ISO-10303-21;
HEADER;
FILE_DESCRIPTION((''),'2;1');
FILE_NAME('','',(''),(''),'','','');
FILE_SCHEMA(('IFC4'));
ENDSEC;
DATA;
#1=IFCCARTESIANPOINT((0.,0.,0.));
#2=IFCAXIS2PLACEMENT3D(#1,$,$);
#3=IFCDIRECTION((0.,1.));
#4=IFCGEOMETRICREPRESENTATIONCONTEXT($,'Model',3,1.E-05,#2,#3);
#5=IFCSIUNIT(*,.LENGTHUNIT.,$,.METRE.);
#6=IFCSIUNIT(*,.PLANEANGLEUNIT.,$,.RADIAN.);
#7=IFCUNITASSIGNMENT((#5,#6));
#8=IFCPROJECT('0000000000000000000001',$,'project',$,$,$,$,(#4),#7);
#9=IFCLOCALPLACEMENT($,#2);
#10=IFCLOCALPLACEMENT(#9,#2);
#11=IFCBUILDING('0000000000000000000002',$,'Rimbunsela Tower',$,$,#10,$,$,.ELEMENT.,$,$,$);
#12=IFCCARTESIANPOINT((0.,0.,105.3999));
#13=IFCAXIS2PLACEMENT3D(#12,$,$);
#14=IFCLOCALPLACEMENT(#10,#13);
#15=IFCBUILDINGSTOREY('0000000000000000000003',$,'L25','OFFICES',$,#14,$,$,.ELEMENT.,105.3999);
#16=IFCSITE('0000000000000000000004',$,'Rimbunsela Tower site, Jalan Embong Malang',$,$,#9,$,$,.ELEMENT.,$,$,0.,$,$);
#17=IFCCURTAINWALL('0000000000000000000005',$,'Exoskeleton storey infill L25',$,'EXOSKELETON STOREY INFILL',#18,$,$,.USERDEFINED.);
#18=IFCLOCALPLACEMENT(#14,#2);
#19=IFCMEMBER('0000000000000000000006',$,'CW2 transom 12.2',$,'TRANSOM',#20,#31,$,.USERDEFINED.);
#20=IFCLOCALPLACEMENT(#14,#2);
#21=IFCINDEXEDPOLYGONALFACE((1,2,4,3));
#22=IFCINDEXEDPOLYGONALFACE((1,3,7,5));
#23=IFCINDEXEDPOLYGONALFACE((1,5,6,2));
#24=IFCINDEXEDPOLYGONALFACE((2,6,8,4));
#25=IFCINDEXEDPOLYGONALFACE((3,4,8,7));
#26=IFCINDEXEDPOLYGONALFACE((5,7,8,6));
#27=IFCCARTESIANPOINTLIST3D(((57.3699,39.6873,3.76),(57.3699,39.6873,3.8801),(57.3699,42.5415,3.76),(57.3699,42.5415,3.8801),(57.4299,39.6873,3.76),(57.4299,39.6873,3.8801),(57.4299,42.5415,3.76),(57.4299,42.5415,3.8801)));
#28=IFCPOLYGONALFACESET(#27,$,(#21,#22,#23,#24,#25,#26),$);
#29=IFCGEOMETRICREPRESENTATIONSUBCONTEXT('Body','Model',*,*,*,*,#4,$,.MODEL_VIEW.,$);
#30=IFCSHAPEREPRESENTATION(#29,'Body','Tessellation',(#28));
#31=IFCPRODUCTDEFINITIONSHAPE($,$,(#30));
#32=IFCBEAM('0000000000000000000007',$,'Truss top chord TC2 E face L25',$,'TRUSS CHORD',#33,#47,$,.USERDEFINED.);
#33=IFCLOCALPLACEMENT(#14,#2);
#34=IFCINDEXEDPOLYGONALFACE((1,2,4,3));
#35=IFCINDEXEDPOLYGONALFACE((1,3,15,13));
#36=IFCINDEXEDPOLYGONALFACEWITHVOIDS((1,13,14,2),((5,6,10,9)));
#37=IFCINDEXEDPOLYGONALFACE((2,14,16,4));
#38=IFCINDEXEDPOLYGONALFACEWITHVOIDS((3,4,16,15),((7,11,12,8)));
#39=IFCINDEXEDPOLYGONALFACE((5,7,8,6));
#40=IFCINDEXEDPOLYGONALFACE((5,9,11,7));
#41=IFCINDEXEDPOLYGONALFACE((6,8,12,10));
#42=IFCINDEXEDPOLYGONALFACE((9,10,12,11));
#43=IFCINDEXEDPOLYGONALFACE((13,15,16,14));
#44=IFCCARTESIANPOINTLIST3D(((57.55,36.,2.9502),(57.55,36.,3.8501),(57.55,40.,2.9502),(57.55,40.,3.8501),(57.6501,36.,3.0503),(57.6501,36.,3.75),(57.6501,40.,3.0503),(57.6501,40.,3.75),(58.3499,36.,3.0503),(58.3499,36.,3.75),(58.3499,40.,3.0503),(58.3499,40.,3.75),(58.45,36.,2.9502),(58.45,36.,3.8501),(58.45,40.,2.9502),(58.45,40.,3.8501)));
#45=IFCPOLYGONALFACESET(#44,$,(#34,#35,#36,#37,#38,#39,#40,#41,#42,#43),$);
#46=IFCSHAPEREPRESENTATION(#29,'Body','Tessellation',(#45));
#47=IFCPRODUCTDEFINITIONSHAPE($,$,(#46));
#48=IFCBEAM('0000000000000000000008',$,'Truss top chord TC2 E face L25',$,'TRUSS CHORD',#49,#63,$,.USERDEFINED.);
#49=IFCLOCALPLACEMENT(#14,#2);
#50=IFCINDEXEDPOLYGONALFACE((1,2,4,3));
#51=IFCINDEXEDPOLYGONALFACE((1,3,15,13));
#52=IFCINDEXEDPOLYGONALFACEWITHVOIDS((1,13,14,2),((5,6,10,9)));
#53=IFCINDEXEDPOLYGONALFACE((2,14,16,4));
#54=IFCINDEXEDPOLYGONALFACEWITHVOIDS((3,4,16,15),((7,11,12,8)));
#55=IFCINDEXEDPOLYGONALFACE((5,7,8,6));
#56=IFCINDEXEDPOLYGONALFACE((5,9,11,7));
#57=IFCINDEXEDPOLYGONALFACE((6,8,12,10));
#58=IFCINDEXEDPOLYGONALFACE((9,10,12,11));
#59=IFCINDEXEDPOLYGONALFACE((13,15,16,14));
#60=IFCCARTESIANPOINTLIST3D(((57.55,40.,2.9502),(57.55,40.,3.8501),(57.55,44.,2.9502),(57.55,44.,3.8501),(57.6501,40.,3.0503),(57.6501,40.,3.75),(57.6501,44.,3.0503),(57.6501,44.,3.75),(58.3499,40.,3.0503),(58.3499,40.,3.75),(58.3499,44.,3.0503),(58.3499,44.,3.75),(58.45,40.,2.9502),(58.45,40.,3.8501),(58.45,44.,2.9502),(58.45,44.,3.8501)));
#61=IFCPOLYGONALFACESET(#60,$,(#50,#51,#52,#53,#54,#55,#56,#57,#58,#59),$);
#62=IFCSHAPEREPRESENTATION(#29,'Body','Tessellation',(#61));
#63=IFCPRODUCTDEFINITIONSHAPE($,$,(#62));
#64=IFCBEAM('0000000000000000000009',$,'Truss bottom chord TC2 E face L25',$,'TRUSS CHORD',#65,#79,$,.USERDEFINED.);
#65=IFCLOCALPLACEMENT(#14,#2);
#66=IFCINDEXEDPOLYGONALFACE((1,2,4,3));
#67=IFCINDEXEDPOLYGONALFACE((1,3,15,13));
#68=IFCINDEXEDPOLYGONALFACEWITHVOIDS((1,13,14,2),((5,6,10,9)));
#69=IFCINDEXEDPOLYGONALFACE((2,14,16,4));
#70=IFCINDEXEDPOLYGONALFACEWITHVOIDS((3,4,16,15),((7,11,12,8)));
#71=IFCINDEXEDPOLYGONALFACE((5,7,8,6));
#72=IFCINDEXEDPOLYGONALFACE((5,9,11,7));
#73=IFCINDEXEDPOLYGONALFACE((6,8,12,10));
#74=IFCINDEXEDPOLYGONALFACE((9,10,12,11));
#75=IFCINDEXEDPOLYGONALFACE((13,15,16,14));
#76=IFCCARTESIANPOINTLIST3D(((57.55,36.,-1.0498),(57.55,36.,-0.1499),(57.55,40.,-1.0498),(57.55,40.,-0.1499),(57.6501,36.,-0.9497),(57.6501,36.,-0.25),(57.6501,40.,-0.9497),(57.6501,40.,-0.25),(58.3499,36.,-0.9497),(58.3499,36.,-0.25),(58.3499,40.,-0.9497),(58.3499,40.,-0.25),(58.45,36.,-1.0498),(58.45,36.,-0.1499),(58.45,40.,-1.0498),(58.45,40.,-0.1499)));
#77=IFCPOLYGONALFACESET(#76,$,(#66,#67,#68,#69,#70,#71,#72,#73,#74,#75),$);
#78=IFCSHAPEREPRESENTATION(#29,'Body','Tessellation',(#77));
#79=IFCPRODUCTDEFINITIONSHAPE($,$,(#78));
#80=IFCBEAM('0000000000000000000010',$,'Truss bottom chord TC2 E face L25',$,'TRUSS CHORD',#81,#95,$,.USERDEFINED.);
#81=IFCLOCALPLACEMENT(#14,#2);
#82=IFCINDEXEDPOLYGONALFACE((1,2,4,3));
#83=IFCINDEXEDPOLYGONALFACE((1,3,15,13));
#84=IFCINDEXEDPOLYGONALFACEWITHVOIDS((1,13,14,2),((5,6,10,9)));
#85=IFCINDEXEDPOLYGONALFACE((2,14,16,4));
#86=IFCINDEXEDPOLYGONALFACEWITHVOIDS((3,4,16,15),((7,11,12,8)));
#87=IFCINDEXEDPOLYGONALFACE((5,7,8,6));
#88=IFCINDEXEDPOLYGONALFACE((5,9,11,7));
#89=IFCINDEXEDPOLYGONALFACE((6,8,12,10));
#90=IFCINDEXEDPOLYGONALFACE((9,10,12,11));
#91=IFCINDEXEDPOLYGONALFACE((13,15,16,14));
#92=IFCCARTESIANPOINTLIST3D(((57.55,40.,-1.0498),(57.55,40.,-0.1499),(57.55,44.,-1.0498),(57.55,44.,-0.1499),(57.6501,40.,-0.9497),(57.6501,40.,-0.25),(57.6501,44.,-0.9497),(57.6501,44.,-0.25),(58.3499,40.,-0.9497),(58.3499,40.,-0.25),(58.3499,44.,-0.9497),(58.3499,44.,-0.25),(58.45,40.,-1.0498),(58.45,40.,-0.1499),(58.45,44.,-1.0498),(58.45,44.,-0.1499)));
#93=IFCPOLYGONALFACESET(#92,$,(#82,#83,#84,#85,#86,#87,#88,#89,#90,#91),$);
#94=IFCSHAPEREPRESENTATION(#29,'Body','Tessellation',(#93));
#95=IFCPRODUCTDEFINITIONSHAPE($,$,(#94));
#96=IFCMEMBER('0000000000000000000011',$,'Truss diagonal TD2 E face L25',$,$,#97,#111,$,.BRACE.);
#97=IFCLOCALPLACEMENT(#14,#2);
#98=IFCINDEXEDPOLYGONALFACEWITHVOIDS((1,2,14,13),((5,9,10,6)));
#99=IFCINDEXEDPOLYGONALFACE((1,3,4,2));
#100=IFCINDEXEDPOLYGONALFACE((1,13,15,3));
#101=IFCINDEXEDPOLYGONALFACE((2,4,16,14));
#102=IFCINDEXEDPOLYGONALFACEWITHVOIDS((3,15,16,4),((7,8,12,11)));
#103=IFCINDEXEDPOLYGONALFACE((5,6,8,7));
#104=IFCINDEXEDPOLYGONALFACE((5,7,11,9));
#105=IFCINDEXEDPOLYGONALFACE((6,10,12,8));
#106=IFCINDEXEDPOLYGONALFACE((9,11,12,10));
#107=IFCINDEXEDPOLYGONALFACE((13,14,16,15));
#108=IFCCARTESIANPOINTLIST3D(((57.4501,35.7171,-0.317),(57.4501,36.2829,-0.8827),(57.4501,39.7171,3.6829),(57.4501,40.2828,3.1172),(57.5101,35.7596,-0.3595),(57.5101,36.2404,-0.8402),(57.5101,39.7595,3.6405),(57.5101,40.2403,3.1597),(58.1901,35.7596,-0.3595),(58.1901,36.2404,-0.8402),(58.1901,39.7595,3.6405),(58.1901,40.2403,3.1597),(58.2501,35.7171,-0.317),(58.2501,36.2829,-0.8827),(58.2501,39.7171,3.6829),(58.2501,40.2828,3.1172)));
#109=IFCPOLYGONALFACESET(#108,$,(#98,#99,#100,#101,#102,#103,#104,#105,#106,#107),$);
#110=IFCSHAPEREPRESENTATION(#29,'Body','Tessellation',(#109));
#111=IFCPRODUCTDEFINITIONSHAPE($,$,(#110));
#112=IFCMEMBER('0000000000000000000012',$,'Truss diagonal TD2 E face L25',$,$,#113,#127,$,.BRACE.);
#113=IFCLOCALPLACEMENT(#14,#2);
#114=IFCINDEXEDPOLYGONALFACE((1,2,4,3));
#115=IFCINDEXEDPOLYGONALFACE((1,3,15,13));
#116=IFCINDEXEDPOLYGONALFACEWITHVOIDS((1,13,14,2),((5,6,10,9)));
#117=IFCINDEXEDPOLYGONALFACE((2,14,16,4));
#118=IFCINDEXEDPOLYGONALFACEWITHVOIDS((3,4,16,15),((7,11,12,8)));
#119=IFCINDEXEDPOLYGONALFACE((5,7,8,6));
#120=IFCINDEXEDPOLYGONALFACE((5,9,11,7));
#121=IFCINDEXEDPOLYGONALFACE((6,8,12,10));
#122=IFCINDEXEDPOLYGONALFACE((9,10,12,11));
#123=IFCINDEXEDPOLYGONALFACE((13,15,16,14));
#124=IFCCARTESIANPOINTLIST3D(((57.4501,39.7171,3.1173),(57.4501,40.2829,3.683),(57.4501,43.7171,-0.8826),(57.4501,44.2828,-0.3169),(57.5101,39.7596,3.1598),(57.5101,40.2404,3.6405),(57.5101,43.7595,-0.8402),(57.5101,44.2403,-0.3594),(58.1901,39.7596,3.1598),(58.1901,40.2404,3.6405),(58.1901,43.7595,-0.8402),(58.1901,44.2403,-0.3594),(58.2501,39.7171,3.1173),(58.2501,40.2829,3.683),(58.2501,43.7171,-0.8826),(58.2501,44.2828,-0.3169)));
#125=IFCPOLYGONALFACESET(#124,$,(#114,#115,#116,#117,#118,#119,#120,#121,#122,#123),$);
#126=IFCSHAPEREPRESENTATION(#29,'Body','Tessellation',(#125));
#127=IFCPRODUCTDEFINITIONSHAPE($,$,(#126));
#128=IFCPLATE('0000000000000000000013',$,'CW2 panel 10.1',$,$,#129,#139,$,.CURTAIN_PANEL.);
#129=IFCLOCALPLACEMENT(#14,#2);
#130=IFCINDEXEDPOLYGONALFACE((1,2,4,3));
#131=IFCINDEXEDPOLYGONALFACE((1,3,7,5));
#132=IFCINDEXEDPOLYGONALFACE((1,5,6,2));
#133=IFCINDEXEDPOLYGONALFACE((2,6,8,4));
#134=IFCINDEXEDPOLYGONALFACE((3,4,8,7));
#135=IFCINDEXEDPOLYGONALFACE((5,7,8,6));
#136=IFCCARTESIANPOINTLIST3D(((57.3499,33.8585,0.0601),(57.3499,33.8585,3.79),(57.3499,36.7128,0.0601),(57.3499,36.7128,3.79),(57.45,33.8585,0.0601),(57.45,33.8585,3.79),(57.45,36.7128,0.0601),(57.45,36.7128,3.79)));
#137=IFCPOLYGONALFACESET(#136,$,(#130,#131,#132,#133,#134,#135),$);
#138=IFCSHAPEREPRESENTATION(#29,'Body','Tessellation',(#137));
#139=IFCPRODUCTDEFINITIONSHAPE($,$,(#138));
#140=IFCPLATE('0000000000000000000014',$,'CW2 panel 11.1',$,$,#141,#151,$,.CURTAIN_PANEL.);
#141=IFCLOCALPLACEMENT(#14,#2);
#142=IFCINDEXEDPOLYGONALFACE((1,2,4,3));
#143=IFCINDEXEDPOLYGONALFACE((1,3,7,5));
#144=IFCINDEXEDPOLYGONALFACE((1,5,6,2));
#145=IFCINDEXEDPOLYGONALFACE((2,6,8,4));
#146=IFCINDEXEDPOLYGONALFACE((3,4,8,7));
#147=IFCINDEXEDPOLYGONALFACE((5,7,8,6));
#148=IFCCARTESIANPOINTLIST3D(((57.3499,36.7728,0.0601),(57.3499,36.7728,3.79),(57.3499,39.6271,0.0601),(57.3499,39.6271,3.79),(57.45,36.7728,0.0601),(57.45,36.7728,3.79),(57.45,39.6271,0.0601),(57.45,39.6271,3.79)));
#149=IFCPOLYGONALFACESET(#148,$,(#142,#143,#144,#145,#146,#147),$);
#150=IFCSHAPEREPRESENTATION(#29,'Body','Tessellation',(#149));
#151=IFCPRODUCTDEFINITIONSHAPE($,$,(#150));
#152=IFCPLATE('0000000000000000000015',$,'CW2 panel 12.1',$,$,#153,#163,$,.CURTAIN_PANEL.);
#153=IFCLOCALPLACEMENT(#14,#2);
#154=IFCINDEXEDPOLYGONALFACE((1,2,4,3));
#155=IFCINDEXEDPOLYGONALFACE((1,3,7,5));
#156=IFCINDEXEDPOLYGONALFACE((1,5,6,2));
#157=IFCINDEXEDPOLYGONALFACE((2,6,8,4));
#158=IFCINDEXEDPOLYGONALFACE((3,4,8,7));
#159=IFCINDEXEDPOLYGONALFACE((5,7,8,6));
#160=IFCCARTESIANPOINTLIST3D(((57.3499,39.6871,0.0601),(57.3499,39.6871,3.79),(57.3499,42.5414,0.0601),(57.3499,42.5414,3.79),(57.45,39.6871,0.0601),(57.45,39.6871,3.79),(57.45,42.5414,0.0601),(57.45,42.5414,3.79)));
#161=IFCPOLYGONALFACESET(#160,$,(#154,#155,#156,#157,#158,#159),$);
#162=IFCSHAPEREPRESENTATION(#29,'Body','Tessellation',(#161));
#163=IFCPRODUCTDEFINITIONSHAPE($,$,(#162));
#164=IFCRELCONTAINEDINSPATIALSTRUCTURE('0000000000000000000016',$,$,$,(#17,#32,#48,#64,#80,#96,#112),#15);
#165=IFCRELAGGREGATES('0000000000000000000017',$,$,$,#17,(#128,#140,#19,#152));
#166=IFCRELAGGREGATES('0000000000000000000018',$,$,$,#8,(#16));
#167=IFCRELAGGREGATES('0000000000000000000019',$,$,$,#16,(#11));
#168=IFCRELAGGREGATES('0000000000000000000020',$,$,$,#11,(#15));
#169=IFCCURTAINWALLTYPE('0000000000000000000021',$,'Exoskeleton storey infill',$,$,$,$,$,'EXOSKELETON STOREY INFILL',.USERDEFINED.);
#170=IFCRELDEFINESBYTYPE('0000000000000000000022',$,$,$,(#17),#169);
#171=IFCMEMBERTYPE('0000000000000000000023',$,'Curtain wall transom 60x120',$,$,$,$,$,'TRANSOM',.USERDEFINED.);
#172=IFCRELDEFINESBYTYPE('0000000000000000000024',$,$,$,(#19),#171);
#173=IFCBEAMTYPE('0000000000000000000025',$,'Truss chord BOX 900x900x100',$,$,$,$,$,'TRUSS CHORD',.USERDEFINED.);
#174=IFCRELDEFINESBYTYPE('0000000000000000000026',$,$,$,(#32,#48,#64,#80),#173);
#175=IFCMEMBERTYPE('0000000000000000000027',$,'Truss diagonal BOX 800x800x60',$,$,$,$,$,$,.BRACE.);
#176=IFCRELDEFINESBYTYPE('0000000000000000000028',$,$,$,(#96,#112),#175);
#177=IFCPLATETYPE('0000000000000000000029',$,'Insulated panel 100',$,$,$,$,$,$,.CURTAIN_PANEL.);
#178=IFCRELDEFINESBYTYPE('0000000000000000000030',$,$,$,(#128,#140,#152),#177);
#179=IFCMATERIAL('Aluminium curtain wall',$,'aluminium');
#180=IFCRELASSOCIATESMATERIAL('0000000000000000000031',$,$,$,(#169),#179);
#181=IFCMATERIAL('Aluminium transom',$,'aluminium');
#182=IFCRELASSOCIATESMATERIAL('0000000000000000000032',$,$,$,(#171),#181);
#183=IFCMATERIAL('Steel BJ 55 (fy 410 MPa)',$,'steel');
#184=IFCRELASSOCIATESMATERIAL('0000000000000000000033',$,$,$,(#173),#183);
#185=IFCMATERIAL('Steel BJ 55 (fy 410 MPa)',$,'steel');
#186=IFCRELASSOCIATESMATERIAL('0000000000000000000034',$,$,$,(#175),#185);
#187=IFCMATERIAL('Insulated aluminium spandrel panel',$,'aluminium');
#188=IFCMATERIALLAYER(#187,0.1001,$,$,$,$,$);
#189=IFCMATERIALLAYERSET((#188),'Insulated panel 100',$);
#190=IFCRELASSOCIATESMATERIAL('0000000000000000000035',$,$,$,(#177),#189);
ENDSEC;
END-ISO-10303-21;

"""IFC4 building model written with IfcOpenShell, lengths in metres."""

from ifc_helpers import new_model, si_unit, direction, frame, origin, origin_2d, place, context, subcontext, project, spatial, rectangle, hollow_rectangle, extrude, material, layer, layer_set, material_profile, profile_set, type_object, element, aggregate, save


model = new_model("IFC4")

# Units and contexts
model_context = context("Model", 3, precision=1e-05, world=origin(), true_north=direction((0.0, 1.0)))
body_context = subcontext(model_context, "Body", "Model", "MODEL_VIEW")
ifc_project = project(units=[si_unit("LENGTHUNIT", "METRE"), si_unit("PLANEANGLEUNIT", "RADIAN")], contexts=[model_context])

# Site, building, storey
site_placement = place(None, origin())
site = spatial("IfcSite", under=ifc_project, at=site_placement, Name="Rimbunsela Tower site, Jalan Embong Malang", CompositionType="ELEMENT", RefElevation=0.0)
building_placement = place(site_placement, origin())
building = spatial("IfcBuilding", under=site, at=building_placement, Name="Rimbunsela Tower", CompositionType="ELEMENT")
storey_placement = place(building_placement, frame((0.0, 0.0, 105.3999)))
storey = spatial("IfcBuildingStorey", under=building, at=storey_placement, Name="L25", Description="OFFICES", CompositionType="ELEMENT", Elevation=105.3999)

# Curtain wall, member
ifc_material_1 = material(Name="Aluminium curtain wall", Category="aluminium")
curtain_wall_type = type_object("IfcCurtainWallType", Name="Exoskeleton storey infill", ElementType="EXOSKELETON STOREY INFILL", PredefinedType="USERDEFINED", material=ifc_material_1)
curtain_wall_placement = place(storey_placement, origin())
curtain_wall = element("IfcCurtainWall", 1, at=curtain_wall_placement, inside=storey, type_object=curtain_wall_type, Name="Exoskeleton storey infill L25", ObjectType="EXOSKELETON STOREY INFILL", PredefinedType="USERDEFINED")
ifc_material_2 = material(Name="Aluminium transom", Category="aluminium")
ifc_material_profile_1 = material_profile(ifc_material_2, rectangle(XDim=0.0601, YDim=0.1201, at=origin_2d()), Name="Transom 60x120")
ifc_profile_set_1 = profile_set([ifc_material_profile_1], Name="Aluminium transom")
member_type_1 = type_object("IfcMemberType", Name="Curtain wall transom 60x120", ElementType="TRANSOM", PredefinedType="USERDEFINED", material=ifc_profile_set_1)
member_1_placement = place(storey_placement, frame((57.3999, 39.6873, 3.8201), z_axis=(0.0, 1.0, 0.0), x_axis=(-1.0, 0.0, 0.0)))
member_1 = element("IfcMember", 2, at=member_1_placement, type_object=member_type_1, Name="CW2 transom 12.2", ObjectType="TRANSOM", PredefinedType="USERDEFINED", context=body_context, shape_type="SweptSolid", body=[
    extrude(rectangle(XDim=0.0601, YDim=0.1201, at=origin_2d()), origin(), (0.0, 0.0, 1.0), 2.8542),
])

# Beams
ifc_material_3 = material(Name="Steel BJ 55 (fy 410 MPa)", Category="steel")
ifc_material_profile_2 = material_profile(ifc_material_3, hollow_rectangle(XDim=0.8999, YDim=0.8999, WallThickness=0.1001, at=origin_2d()), Name="BOX 900x900x100")
ifc_profile_set_2 = profile_set([ifc_material_profile_2], Name="Steel BJ 55 (fy 410 MPa)")
beam_type_1 = type_object("IfcBeamType", Name="Truss chord BOX 900x900x100", ElementType="TRUSS CHORD", PredefinedType="USERDEFINED", material=ifc_profile_set_2)
for number, where, z_axis, x_axis, name in (
    (3, (58.0, 36.0, 3.4001), (0.0, 1.0, 0.0), (-1.0, 0.0, 0.0), "Truss top chord TC2 E face L25"),
    (4, (58.0, 40.0, 3.4001), (0.0, 1.0, 0.0), (-1.0, 0.0, 0.0), "Truss top chord TC2 E face L25"),
    (5, (58.0, 36.0, -0.5999), (0.0, 1.0, 0.0), (-1.0, 0.0, 0.0), "Truss bottom chord TC2 E face L25"),
    (6, (58.0, 40.0, -0.5999), (0.0, 1.0, 0.0), (-1.0, 0.0, 0.0), "Truss bottom chord TC2 E face L25"),
):
    element("IfcBeam", number, at=place(storey_placement, frame(where, z_axis=z_axis, x_axis=x_axis)), inside=storey, type_object=beam_type_1, Name=name, ObjectType="TRUSS CHORD", PredefinedType="USERDEFINED", context=body_context, shape_type="SweptSolid", body=[
        extrude(hollow_rectangle(XDim=0.8999, YDim=0.8999, WallThickness=0.1001, at=origin_2d()), origin(), (0.0, 0.0, 1.0), 4.0),
    ])

# Members
ifc_material_4 = material(Name="Steel BJ 55 (fy 410 MPa)", Category="steel")
ifc_material_profile_3 = material_profile(ifc_material_4, hollow_rectangle(XDim=0.8, YDim=0.8, WallThickness=0.0601, at=origin_2d()), Name="BOX 800x800x60")
ifc_profile_set_3 = profile_set([ifc_material_profile_3], Name="Steel BJ 55 (fy 410 MPa)")
member_type_2 = type_object("IfcMemberType", Name="Truss diagonal BOX 800x800x60", PredefinedType="BRACE", material=ifc_profile_set_3)
for number, where, z_axis, x_axis, name in (
    (7, (57.8501, 36.0, -0.5999), (0.0, 0.707107, 0.707107), (-1.0, 0.0, 0.0), "Truss diagonal TD2 E face L25"),
    (8, (57.8501, 40.0, 3.4001), (0.0, 0.707107, -0.707107), (-1.0, 0.0, 0.0), "Truss diagonal TD2 E face L25"),
):
    element("IfcMember", number, at=place(storey_placement, frame(where, z_axis=z_axis, x_axis=x_axis)), inside=storey, type_object=member_type_2, Name=name, PredefinedType="BRACE", context=body_context, shape_type="SweptSolid", body=[
        extrude(hollow_rectangle(XDim=0.8, YDim=0.8, WallThickness=0.0601, at=origin_2d()), origin(), (0.0, 0.0, 1.0), 5.6567),
    ])

# Plates
ifc_material_5 = material(Name="Insulated aluminium spandrel panel", Category="aluminium")
ifc_layer = layer(ifc_material_5, 0.1001)
ifc_layer_set = layer_set([ifc_layer], Name="Insulated panel 100")
plate_type = type_object("IfcPlateType", Name="Insulated panel 100", PredefinedType="CURTAIN_PANEL", material=ifc_layer_set)
plate_1_placement = place(storey_placement, frame((57.3999, 35.2856, 0.0601), z_axis=(0.0, 0.0, 1.0), x_axis=(0.0, 1.0, 0.0)))
plate_1 = element("IfcPlate", 9, at=plate_1_placement, type_object=plate_type, Name="CW2 panel 10.1", PredefinedType="CURTAIN_PANEL", context=body_context, shape_type="SweptSolid", body=[
    extrude(rectangle(XDim=2.8542, YDim=0.1001, at=origin_2d()), origin(), (0.0, 0.0, 1.0), 3.73),
])
plate_2_placement = place(storey_placement, frame((57.3999, 38.2, 0.0601), z_axis=(0.0, 0.0, 1.0), x_axis=(0.0, 1.0, 0.0)))
plate_2 = element("IfcPlate", 10, at=plate_2_placement, type_object=plate_type, Name="CW2 panel 11.1", PredefinedType="CURTAIN_PANEL", context=body_context, shape_type="SweptSolid", body=[
    extrude(rectangle(XDim=2.8542, YDim=0.1001, at=origin_2d()), origin(), (0.0, 0.0, 1.0), 3.73),
])
plate_3_placement = place(storey_placement, frame((57.3999, 41.1143, 0.0601), z_axis=(0.0, 0.0, 1.0), x_axis=(0.0, 1.0, 0.0)))
plate_3 = element("IfcPlate", 11, at=plate_3_placement, type_object=plate_type, Name="CW2 panel 12.1", PredefinedType="CURTAIN_PANEL", context=body_context, shape_type="SweptSolid", body=[
    extrude(rectangle(XDim=2.8542, YDim=0.1001, at=origin_2d()), origin(), (0.0, 0.0, 1.0), 3.73),
])
aggregate(curtain_wall, [plate_1, plate_2, member_1, plate_3])

save(model, "model.ifc")
